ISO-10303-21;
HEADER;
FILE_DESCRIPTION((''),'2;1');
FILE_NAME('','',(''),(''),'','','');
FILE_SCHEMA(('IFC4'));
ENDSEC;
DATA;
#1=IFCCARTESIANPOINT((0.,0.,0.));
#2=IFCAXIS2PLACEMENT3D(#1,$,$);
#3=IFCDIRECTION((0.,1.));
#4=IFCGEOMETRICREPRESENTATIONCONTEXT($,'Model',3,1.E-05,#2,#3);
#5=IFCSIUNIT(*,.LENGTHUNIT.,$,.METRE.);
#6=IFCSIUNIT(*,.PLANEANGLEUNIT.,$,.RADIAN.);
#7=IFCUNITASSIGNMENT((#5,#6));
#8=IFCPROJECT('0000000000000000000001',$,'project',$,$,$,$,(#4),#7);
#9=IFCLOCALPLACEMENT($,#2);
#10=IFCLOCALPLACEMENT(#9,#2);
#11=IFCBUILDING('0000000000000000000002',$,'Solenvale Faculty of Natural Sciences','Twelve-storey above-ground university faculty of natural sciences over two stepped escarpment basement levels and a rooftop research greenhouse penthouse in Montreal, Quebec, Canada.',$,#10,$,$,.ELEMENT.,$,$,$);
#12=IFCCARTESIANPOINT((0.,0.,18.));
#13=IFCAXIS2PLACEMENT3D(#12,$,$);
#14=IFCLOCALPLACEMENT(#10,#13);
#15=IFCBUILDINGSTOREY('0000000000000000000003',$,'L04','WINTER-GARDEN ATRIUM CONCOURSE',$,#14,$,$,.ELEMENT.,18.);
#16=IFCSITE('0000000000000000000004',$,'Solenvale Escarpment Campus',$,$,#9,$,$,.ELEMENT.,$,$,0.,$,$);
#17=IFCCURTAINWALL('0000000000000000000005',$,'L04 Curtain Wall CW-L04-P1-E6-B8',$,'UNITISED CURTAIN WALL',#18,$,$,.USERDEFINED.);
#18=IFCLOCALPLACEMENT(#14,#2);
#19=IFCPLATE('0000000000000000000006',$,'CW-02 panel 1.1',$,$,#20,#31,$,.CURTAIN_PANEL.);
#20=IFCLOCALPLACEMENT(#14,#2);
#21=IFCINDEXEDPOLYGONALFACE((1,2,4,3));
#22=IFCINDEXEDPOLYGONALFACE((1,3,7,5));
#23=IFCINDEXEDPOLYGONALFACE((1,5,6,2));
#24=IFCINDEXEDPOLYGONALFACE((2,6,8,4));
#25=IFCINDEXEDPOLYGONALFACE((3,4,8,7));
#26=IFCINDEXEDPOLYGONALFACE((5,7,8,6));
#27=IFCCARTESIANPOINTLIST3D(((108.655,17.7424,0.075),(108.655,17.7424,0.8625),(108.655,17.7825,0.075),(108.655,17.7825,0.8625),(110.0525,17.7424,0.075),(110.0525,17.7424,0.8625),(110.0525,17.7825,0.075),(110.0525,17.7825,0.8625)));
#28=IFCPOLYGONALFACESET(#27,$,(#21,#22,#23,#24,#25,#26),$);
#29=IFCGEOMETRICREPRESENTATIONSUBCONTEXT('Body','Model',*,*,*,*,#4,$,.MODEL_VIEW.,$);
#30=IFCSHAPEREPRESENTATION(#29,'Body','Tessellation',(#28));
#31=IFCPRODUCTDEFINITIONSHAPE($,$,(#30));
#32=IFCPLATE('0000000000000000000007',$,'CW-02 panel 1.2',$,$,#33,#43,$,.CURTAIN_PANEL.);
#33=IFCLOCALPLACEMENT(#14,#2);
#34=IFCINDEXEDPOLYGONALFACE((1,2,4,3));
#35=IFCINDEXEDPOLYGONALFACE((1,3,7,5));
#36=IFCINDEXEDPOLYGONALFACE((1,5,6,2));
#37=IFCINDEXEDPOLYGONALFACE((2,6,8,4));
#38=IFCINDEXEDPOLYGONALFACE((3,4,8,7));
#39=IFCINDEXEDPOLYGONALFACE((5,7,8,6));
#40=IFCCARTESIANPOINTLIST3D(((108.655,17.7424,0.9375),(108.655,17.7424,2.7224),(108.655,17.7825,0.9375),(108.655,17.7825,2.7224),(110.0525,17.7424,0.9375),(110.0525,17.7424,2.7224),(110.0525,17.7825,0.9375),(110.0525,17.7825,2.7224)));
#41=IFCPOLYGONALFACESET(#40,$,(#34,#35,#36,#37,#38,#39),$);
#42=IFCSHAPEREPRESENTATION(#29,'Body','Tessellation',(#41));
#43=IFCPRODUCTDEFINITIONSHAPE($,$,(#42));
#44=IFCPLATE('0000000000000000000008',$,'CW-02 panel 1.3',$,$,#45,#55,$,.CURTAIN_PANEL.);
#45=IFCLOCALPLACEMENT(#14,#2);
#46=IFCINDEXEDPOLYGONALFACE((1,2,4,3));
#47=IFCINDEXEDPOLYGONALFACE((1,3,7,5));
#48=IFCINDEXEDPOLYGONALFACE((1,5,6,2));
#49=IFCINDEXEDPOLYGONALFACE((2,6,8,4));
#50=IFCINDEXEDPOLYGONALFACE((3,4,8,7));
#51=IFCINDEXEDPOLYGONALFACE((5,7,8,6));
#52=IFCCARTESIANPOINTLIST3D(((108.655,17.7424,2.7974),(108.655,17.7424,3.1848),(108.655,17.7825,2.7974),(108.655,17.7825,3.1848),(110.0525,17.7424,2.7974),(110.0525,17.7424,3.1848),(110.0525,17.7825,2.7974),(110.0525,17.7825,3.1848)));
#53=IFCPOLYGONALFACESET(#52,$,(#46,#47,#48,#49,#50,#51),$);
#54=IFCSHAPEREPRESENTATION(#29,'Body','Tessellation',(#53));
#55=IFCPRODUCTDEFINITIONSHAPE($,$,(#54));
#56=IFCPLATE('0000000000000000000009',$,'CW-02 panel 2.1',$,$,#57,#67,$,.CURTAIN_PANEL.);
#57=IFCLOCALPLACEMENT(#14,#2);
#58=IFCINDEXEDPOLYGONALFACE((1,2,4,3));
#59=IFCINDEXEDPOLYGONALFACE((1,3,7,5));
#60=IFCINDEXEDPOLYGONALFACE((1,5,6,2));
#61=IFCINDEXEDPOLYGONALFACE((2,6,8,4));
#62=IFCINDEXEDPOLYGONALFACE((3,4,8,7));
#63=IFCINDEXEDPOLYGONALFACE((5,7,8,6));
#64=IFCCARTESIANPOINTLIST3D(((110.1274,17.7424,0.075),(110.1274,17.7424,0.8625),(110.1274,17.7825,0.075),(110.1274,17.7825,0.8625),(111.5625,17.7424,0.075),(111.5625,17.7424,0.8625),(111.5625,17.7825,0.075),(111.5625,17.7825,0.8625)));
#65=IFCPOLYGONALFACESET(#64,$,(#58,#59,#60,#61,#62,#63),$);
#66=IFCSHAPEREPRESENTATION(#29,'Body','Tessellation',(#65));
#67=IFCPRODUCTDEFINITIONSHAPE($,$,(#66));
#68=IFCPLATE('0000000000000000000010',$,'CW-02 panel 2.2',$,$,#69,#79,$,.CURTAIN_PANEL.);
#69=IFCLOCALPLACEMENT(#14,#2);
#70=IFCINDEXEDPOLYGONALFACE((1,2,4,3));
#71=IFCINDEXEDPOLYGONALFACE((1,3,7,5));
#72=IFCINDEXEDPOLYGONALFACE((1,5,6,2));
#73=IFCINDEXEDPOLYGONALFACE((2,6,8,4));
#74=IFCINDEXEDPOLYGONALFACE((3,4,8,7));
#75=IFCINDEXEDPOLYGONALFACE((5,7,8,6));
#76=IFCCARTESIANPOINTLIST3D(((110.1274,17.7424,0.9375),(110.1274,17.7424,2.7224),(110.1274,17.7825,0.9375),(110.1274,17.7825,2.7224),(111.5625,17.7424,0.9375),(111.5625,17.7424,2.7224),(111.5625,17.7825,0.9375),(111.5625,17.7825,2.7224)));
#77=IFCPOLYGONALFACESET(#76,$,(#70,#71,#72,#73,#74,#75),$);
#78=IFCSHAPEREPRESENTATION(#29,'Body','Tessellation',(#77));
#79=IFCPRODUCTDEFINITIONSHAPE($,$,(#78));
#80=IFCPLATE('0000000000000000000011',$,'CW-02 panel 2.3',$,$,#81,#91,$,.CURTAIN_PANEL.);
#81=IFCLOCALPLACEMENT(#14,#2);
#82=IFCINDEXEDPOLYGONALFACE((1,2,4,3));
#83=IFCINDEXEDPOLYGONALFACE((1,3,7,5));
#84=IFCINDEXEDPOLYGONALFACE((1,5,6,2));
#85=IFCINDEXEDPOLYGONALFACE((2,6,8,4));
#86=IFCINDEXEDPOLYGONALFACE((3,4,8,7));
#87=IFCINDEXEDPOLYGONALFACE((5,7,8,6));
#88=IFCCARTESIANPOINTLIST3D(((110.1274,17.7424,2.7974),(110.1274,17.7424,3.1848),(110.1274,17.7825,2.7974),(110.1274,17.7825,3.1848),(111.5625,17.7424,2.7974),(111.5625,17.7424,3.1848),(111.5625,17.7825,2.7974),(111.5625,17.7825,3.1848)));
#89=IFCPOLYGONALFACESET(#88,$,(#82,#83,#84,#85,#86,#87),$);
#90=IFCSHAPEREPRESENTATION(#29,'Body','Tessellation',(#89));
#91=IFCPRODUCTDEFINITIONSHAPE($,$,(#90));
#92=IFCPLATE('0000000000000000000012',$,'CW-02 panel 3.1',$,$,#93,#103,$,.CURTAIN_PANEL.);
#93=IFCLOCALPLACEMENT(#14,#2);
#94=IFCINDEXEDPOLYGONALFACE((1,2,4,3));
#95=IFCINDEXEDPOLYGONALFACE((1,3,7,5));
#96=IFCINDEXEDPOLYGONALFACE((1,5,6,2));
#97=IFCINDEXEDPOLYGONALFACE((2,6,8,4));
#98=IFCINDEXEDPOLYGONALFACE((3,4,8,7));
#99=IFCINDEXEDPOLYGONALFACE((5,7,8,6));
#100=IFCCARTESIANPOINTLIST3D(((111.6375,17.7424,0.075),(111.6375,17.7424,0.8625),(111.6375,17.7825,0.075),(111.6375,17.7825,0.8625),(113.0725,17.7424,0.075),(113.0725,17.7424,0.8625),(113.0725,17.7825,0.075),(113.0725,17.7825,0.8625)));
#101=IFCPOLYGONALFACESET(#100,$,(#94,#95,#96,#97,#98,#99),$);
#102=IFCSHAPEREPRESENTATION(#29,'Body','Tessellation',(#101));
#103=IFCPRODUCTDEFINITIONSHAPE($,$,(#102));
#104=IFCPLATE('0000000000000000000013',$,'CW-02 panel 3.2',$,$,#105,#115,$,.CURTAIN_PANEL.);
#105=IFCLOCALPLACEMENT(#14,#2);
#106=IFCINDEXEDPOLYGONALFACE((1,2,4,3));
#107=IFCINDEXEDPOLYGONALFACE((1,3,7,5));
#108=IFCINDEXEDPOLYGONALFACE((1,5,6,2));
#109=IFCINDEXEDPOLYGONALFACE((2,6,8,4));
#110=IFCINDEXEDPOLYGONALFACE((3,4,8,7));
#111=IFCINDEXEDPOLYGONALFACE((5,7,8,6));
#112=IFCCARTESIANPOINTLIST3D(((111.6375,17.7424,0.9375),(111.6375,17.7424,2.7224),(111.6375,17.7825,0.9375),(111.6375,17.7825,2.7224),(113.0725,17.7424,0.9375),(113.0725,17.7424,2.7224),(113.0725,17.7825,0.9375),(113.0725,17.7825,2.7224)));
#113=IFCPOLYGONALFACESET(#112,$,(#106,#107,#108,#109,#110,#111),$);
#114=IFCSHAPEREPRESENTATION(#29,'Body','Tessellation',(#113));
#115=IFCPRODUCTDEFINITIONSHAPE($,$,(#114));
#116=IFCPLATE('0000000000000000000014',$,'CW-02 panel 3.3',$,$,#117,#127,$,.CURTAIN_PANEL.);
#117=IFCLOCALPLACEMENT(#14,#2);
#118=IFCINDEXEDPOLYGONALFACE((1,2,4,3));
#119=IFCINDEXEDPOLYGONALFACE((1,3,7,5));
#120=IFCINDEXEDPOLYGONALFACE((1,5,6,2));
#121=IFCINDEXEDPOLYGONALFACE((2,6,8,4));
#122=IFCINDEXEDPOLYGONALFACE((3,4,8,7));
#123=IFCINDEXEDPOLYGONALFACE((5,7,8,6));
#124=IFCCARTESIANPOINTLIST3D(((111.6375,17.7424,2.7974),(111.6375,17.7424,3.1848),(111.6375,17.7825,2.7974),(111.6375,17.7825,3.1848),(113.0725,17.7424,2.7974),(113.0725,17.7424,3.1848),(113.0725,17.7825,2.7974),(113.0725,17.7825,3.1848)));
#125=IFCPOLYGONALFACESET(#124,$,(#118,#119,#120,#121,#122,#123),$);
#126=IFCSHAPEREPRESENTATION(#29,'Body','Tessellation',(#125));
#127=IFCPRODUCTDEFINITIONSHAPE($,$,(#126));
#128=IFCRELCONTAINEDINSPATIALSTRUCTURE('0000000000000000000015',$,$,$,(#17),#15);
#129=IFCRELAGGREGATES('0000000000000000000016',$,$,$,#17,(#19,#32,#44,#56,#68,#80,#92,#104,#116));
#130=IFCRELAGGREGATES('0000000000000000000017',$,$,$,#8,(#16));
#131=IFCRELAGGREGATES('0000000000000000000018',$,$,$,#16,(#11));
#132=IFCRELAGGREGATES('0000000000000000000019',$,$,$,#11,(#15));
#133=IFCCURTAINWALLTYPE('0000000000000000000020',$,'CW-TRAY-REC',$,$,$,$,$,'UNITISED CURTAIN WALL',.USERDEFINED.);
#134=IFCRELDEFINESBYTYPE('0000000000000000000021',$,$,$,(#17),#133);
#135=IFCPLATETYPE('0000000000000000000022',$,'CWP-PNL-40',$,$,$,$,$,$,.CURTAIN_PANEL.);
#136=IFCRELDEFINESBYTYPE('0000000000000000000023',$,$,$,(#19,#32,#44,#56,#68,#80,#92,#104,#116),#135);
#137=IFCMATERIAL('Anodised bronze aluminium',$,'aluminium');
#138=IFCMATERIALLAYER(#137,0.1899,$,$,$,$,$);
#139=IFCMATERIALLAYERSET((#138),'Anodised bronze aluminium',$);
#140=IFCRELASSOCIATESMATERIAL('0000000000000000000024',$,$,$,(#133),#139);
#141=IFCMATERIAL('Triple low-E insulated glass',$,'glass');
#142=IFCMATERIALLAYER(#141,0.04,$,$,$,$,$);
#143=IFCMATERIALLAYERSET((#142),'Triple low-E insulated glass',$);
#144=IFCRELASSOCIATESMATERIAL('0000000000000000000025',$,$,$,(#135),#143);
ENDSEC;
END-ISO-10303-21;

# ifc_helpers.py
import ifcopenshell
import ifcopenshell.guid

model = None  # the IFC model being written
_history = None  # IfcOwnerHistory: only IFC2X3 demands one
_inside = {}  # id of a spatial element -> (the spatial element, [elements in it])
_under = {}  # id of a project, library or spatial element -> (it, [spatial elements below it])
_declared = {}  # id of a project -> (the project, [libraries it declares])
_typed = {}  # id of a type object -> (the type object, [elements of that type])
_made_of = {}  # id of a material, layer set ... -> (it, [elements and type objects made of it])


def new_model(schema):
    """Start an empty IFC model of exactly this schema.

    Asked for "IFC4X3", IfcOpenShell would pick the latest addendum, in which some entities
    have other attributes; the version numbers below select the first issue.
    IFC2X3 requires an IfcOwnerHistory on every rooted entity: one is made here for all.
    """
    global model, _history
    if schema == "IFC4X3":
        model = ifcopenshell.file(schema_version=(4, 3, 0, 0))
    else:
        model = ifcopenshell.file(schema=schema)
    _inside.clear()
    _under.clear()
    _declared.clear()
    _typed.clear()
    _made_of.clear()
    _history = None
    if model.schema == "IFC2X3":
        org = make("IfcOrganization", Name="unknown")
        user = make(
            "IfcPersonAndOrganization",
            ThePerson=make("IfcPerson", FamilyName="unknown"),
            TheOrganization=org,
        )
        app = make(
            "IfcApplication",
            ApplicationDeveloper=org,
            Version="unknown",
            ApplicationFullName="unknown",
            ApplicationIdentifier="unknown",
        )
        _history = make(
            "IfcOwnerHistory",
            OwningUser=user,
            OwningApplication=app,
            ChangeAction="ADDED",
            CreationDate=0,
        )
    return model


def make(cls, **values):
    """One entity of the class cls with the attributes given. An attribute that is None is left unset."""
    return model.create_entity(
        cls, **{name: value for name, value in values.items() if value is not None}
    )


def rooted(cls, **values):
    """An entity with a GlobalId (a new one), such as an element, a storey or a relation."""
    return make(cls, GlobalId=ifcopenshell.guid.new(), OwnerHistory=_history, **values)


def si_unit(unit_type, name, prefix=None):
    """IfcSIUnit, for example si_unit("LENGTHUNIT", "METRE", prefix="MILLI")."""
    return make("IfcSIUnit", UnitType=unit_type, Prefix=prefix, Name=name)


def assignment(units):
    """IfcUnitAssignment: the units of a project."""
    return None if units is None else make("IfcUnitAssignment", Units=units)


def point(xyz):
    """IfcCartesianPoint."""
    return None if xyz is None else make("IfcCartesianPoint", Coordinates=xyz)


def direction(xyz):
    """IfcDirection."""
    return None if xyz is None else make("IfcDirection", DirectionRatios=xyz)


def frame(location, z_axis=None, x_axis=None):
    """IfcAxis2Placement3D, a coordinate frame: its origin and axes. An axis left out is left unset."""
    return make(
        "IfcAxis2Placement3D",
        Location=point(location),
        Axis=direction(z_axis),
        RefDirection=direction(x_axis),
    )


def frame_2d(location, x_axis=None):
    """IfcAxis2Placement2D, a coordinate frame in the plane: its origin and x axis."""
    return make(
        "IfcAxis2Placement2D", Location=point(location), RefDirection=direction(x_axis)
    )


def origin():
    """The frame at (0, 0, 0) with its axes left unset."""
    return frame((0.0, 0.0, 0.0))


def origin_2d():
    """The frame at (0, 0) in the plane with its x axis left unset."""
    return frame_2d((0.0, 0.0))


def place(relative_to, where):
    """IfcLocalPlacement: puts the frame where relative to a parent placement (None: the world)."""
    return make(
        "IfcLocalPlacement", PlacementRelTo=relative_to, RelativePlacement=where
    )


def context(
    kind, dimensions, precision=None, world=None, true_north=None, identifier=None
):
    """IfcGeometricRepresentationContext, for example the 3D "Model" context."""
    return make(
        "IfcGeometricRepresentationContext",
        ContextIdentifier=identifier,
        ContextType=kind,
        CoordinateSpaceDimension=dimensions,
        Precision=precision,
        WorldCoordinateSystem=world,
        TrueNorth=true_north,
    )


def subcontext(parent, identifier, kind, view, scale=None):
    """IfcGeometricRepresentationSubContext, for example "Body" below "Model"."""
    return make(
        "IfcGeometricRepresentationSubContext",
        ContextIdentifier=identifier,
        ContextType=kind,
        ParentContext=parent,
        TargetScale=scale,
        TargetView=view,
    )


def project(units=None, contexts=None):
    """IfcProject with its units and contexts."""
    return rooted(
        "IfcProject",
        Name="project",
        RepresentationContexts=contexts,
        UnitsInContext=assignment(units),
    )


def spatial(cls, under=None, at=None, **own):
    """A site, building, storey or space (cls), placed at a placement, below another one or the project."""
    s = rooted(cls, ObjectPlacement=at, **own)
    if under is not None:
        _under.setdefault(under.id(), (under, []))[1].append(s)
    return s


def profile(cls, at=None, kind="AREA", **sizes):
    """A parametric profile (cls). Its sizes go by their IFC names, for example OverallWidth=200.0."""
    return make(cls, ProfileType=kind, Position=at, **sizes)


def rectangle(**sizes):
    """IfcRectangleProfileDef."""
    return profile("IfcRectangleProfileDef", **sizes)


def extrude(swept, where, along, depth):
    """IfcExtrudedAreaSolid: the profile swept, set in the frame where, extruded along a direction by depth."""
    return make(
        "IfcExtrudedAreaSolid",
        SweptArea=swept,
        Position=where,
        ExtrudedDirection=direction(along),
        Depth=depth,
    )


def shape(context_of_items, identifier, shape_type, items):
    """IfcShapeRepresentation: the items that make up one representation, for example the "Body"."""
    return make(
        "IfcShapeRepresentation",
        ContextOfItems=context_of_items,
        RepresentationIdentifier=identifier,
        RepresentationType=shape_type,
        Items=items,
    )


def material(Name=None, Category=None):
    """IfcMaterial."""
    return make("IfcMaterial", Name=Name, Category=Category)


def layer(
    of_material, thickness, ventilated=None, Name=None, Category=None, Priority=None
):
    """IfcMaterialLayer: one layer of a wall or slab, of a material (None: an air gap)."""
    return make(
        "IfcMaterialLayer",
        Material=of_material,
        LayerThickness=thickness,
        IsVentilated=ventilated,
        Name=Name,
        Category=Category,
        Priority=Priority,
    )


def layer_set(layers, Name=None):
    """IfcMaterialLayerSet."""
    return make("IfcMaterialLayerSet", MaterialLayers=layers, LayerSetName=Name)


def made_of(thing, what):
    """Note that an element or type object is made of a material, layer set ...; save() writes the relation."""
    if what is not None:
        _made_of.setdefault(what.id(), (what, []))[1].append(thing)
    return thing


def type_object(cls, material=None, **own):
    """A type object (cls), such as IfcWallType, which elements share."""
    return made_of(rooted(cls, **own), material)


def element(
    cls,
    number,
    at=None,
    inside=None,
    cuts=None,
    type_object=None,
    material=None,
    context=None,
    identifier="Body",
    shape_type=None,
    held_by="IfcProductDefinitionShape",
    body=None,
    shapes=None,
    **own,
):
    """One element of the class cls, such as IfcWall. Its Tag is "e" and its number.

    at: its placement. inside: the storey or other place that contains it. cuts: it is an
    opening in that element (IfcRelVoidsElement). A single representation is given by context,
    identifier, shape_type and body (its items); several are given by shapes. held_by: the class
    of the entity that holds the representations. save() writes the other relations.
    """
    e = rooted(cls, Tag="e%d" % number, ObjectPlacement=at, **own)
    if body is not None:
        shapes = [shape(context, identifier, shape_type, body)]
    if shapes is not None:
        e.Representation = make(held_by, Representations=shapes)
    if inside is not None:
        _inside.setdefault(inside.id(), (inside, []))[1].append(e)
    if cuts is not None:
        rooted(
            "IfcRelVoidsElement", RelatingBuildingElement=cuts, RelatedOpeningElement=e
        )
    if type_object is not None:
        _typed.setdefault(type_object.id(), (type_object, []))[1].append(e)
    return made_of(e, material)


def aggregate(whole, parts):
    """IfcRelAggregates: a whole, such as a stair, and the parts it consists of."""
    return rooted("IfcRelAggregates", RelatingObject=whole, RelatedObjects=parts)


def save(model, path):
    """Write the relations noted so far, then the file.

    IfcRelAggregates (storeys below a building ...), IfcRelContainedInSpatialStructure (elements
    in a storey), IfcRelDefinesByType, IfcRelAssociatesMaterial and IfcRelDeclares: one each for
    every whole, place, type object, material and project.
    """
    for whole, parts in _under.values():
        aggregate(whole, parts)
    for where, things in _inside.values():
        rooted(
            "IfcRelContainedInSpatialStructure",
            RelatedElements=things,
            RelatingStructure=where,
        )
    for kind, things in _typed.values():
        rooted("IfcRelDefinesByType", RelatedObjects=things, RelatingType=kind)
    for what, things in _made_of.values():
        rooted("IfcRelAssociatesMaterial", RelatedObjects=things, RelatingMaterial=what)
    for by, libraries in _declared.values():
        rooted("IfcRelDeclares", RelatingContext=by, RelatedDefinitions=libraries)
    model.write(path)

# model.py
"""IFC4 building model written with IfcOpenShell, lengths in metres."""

from ifc_helpers import new_model, si_unit, direction, frame, origin, origin_2d, place, context, subcontext, project, spatial, rectangle, extrude, material, layer, layer_set, type_object, element, aggregate, save


model = new_model("IFC4")

# Units and contexts
model_context = context("Model", 3, precision=1e-05, world=origin(), true_north=direction((0.0, 1.0)))
body_context = subcontext(model_context, "Body", "Model", "MODEL_VIEW")
ifc_project = project(units=[si_unit("LENGTHUNIT", "METRE"), si_unit("PLANEANGLEUNIT", "RADIAN")], contexts=[model_context])

# Site, building, storey
site_placement = place(None, origin())
site = spatial("IfcSite", under=ifc_project, at=site_placement, Name="Solenvale Escarpment Campus", CompositionType="ELEMENT", RefElevation=0.0)
building_placement = place(site_placement, origin())
building = spatial("IfcBuilding", under=site, at=building_placement, Name="Solenvale Faculty of Natural Sciences", Description="Twelve-storey above-ground university faculty of natural sciences over two stepped escarpment basement levels and a rooftop research greenhouse penthouse in Montreal, Quebec, Canada.", CompositionType="ELEMENT")
storey_placement = place(building_placement, frame((0.0, 0.0, 18.0)))
storey = spatial("IfcBuildingStorey", under=building, at=storey_placement, Name="L04", Description="WINTER-GARDEN ATRIUM CONCOURSE", CompositionType="ELEMENT", Elevation=18.0)

# Curtain wall, plates
ifc_material_1 = material(Name="Anodised bronze aluminium", Category="aluminium")
ifc_layer_1 = layer(ifc_material_1, 0.1899)
ifc_layer_set_1 = layer_set([ifc_layer_1], Name="Anodised bronze aluminium")
curtain_wall_type = type_object("IfcCurtainWallType", Name="CW-TRAY-REC", ElementType="UNITISED CURTAIN WALL", PredefinedType="USERDEFINED", material=ifc_layer_set_1)
curtain_wall_placement = place(storey_placement, origin())
curtain_wall = element("IfcCurtainWall", 1, at=curtain_wall_placement, inside=storey, type_object=curtain_wall_type, Name="L04 Curtain Wall CW-L04-P1-E6-B8", ObjectType="UNITISED CURTAIN WALL", PredefinedType="USERDEFINED")
ifc_material_2 = material(Name="Triple low-E insulated glass", Category="glass")
ifc_layer_2 = layer(ifc_material_2, 0.04)
ifc_layer_set_2 = layer_set([ifc_layer_2], Name="Triple low-E insulated glass")
plate_type = type_object("IfcPlateType", Name="CWP-PNL-40", PredefinedType="CURTAIN_PANEL", material=ifc_layer_set_2)
plate_1_placement = place(storey_placement, frame((109.3538, 17.7625, 0.075), z_axis=(0.0, 0.0, 1.0), x_axis=(1.0, 0.0, 0.0)))
plate_1 = element("IfcPlate", 2, at=plate_1_placement, type_object=plate_type, Name="CW-02 panel 1.1", PredefinedType="CURTAIN_PANEL", context=body_context, shape_type="SweptSolid", body=[
    extrude(rectangle(XDim=1.3975, YDim=0.04, at=origin_2d()), origin(), (0.0, 0.0, 1.0), 0.7876),
])
plate_2_placement = place(storey_placement, frame((109.3538, 17.7625, 0.9375), z_axis=(0.0, 0.0, 1.0), x_axis=(1.0, 0.0, 0.0)))
plate_2 = element("IfcPlate", 3, at=plate_2_placement, type_object=plate_type, Name="CW-02 panel 1.2", PredefinedType="CURTAIN_PANEL", context=body_context, shape_type="SweptSolid", body=[
    extrude(rectangle(XDim=1.3975, YDim=0.04, at=origin_2d()), origin(), (0.0, 0.0, 1.0), 1.7849),
])
plate_3_placement = place(storey_placement, frame((109.3538, 17.7625, 2.7974), z_axis=(0.0, 0.0, 1.0), x_axis=(1.0, 0.0, 0.0)))
plate_3 = element("IfcPlate", 4, at=plate_3_placement, type_object=plate_type, Name="CW-02 panel 1.3", PredefinedType="CURTAIN_PANEL", context=body_context, shape_type="SweptSolid", body=[
    extrude(rectangle(XDim=1.3975, YDim=0.04, at=origin_2d()), origin(), (0.0, 0.0, 1.0), 0.3875),
])
plate_4_placement = place(storey_placement, frame((110.845, 17.7625, 0.075), z_axis=(0.0, 0.0, 1.0), x_axis=(1.0, 0.0, 0.0)))
plate_4 = element("IfcPlate", 5, at=plate_4_placement, type_object=plate_type, Name="CW-02 panel 2.1", PredefinedType="CURTAIN_PANEL", context=body_context, shape_type="SweptSolid", body=[
    extrude(rectangle(XDim=1.4351, YDim=0.04, at=origin_2d()), origin(), (0.0, 0.0, 1.0), 0.7876),
])
plate_5_placement = place(storey_placement, frame((110.845, 17.7625, 0.9375), z_axis=(0.0, 0.0, 1.0), x_axis=(1.0, 0.0, 0.0)))
plate_5 = element("IfcPlate", 6, at=plate_5_placement, type_object=plate_type, Name="CW-02 panel 2.2", PredefinedType="CURTAIN_PANEL", context=body_context, shape_type="SweptSolid", body=[
    extrude(rectangle(XDim=1.4351, YDim=0.04, at=origin_2d()), origin(), (0.0, 0.0, 1.0), 1.7849),
])
plate_6_placement = place(storey_placement, frame((110.845, 17.7625, 2.7974), z_axis=(0.0, 0.0, 1.0), x_axis=(1.0, 0.0, 0.0)))
plate_6 = element("IfcPlate", 7, at=plate_6_placement, type_object=plate_type, Name="CW-02 panel 2.3", PredefinedType="CURTAIN_PANEL", context=body_context, shape_type="SweptSolid", body=[
    extrude(rectangle(XDim=1.4351, YDim=0.04, at=origin_2d()), origin(), (0.0, 0.0, 1.0), 0.3875),
])
plate_7_placement = place(storey_placement, frame((112.355, 17.7625, 0.075), z_axis=(0.0, 0.0, 1.0), x_axis=(1.0, 0.0, 0.0)))
plate_7 = element("IfcPlate", 8, at=plate_7_placement, type_object=plate_type, Name="CW-02 panel 3.1", PredefinedType="CURTAIN_PANEL", context=body_context, shape_type="SweptSolid", body=[
    extrude(rectangle(XDim=1.4351, YDim=0.04, at=origin_2d()), origin(), (0.0, 0.0, 1.0), 0.7876),
])
plate_8_placement = place(storey_placement, frame((112.355, 17.7625, 0.9375), z_axis=(0.0, 0.0, 1.0), x_axis=(1.0, 0.0, 0.0)))
plate_8 = element("IfcPlate", 9, at=plate_8_placement, type_object=plate_type, Name="CW-02 panel 3.2", PredefinedType="CURTAIN_PANEL", context=body_context, shape_type="SweptSolid", body=[
    extrude(rectangle(XDim=1.4351, YDim=0.04, at=origin_2d()), origin(), (0.0, 0.0, 1.0), 1.7849),
])
plate_9_placement = place(storey_placement, frame((112.355, 17.7625, 2.7974), z_axis=(0.0, 0.0, 1.0), x_axis=(1.0, 0.0, 0.0)))
plate_9 = element("IfcPlate", 10, at=plate_9_placement, type_object=plate_type, Name="CW-02 panel 3.3", PredefinedType="CURTAIN_PANEL", context=body_context, shape_type="SweptSolid", body=[
    extrude(rectangle(XDim=1.4351, YDim=0.04, at=origin_2d()), origin(), (0.0, 0.0, 1.0), 0.3875),
])
aggregate(curtain_wall, [plate_1, plate_2, plate_3, plate_4, plate_5, plate_6, plate_7, plate_8, plate_9])

save(model, "model.ifc")
